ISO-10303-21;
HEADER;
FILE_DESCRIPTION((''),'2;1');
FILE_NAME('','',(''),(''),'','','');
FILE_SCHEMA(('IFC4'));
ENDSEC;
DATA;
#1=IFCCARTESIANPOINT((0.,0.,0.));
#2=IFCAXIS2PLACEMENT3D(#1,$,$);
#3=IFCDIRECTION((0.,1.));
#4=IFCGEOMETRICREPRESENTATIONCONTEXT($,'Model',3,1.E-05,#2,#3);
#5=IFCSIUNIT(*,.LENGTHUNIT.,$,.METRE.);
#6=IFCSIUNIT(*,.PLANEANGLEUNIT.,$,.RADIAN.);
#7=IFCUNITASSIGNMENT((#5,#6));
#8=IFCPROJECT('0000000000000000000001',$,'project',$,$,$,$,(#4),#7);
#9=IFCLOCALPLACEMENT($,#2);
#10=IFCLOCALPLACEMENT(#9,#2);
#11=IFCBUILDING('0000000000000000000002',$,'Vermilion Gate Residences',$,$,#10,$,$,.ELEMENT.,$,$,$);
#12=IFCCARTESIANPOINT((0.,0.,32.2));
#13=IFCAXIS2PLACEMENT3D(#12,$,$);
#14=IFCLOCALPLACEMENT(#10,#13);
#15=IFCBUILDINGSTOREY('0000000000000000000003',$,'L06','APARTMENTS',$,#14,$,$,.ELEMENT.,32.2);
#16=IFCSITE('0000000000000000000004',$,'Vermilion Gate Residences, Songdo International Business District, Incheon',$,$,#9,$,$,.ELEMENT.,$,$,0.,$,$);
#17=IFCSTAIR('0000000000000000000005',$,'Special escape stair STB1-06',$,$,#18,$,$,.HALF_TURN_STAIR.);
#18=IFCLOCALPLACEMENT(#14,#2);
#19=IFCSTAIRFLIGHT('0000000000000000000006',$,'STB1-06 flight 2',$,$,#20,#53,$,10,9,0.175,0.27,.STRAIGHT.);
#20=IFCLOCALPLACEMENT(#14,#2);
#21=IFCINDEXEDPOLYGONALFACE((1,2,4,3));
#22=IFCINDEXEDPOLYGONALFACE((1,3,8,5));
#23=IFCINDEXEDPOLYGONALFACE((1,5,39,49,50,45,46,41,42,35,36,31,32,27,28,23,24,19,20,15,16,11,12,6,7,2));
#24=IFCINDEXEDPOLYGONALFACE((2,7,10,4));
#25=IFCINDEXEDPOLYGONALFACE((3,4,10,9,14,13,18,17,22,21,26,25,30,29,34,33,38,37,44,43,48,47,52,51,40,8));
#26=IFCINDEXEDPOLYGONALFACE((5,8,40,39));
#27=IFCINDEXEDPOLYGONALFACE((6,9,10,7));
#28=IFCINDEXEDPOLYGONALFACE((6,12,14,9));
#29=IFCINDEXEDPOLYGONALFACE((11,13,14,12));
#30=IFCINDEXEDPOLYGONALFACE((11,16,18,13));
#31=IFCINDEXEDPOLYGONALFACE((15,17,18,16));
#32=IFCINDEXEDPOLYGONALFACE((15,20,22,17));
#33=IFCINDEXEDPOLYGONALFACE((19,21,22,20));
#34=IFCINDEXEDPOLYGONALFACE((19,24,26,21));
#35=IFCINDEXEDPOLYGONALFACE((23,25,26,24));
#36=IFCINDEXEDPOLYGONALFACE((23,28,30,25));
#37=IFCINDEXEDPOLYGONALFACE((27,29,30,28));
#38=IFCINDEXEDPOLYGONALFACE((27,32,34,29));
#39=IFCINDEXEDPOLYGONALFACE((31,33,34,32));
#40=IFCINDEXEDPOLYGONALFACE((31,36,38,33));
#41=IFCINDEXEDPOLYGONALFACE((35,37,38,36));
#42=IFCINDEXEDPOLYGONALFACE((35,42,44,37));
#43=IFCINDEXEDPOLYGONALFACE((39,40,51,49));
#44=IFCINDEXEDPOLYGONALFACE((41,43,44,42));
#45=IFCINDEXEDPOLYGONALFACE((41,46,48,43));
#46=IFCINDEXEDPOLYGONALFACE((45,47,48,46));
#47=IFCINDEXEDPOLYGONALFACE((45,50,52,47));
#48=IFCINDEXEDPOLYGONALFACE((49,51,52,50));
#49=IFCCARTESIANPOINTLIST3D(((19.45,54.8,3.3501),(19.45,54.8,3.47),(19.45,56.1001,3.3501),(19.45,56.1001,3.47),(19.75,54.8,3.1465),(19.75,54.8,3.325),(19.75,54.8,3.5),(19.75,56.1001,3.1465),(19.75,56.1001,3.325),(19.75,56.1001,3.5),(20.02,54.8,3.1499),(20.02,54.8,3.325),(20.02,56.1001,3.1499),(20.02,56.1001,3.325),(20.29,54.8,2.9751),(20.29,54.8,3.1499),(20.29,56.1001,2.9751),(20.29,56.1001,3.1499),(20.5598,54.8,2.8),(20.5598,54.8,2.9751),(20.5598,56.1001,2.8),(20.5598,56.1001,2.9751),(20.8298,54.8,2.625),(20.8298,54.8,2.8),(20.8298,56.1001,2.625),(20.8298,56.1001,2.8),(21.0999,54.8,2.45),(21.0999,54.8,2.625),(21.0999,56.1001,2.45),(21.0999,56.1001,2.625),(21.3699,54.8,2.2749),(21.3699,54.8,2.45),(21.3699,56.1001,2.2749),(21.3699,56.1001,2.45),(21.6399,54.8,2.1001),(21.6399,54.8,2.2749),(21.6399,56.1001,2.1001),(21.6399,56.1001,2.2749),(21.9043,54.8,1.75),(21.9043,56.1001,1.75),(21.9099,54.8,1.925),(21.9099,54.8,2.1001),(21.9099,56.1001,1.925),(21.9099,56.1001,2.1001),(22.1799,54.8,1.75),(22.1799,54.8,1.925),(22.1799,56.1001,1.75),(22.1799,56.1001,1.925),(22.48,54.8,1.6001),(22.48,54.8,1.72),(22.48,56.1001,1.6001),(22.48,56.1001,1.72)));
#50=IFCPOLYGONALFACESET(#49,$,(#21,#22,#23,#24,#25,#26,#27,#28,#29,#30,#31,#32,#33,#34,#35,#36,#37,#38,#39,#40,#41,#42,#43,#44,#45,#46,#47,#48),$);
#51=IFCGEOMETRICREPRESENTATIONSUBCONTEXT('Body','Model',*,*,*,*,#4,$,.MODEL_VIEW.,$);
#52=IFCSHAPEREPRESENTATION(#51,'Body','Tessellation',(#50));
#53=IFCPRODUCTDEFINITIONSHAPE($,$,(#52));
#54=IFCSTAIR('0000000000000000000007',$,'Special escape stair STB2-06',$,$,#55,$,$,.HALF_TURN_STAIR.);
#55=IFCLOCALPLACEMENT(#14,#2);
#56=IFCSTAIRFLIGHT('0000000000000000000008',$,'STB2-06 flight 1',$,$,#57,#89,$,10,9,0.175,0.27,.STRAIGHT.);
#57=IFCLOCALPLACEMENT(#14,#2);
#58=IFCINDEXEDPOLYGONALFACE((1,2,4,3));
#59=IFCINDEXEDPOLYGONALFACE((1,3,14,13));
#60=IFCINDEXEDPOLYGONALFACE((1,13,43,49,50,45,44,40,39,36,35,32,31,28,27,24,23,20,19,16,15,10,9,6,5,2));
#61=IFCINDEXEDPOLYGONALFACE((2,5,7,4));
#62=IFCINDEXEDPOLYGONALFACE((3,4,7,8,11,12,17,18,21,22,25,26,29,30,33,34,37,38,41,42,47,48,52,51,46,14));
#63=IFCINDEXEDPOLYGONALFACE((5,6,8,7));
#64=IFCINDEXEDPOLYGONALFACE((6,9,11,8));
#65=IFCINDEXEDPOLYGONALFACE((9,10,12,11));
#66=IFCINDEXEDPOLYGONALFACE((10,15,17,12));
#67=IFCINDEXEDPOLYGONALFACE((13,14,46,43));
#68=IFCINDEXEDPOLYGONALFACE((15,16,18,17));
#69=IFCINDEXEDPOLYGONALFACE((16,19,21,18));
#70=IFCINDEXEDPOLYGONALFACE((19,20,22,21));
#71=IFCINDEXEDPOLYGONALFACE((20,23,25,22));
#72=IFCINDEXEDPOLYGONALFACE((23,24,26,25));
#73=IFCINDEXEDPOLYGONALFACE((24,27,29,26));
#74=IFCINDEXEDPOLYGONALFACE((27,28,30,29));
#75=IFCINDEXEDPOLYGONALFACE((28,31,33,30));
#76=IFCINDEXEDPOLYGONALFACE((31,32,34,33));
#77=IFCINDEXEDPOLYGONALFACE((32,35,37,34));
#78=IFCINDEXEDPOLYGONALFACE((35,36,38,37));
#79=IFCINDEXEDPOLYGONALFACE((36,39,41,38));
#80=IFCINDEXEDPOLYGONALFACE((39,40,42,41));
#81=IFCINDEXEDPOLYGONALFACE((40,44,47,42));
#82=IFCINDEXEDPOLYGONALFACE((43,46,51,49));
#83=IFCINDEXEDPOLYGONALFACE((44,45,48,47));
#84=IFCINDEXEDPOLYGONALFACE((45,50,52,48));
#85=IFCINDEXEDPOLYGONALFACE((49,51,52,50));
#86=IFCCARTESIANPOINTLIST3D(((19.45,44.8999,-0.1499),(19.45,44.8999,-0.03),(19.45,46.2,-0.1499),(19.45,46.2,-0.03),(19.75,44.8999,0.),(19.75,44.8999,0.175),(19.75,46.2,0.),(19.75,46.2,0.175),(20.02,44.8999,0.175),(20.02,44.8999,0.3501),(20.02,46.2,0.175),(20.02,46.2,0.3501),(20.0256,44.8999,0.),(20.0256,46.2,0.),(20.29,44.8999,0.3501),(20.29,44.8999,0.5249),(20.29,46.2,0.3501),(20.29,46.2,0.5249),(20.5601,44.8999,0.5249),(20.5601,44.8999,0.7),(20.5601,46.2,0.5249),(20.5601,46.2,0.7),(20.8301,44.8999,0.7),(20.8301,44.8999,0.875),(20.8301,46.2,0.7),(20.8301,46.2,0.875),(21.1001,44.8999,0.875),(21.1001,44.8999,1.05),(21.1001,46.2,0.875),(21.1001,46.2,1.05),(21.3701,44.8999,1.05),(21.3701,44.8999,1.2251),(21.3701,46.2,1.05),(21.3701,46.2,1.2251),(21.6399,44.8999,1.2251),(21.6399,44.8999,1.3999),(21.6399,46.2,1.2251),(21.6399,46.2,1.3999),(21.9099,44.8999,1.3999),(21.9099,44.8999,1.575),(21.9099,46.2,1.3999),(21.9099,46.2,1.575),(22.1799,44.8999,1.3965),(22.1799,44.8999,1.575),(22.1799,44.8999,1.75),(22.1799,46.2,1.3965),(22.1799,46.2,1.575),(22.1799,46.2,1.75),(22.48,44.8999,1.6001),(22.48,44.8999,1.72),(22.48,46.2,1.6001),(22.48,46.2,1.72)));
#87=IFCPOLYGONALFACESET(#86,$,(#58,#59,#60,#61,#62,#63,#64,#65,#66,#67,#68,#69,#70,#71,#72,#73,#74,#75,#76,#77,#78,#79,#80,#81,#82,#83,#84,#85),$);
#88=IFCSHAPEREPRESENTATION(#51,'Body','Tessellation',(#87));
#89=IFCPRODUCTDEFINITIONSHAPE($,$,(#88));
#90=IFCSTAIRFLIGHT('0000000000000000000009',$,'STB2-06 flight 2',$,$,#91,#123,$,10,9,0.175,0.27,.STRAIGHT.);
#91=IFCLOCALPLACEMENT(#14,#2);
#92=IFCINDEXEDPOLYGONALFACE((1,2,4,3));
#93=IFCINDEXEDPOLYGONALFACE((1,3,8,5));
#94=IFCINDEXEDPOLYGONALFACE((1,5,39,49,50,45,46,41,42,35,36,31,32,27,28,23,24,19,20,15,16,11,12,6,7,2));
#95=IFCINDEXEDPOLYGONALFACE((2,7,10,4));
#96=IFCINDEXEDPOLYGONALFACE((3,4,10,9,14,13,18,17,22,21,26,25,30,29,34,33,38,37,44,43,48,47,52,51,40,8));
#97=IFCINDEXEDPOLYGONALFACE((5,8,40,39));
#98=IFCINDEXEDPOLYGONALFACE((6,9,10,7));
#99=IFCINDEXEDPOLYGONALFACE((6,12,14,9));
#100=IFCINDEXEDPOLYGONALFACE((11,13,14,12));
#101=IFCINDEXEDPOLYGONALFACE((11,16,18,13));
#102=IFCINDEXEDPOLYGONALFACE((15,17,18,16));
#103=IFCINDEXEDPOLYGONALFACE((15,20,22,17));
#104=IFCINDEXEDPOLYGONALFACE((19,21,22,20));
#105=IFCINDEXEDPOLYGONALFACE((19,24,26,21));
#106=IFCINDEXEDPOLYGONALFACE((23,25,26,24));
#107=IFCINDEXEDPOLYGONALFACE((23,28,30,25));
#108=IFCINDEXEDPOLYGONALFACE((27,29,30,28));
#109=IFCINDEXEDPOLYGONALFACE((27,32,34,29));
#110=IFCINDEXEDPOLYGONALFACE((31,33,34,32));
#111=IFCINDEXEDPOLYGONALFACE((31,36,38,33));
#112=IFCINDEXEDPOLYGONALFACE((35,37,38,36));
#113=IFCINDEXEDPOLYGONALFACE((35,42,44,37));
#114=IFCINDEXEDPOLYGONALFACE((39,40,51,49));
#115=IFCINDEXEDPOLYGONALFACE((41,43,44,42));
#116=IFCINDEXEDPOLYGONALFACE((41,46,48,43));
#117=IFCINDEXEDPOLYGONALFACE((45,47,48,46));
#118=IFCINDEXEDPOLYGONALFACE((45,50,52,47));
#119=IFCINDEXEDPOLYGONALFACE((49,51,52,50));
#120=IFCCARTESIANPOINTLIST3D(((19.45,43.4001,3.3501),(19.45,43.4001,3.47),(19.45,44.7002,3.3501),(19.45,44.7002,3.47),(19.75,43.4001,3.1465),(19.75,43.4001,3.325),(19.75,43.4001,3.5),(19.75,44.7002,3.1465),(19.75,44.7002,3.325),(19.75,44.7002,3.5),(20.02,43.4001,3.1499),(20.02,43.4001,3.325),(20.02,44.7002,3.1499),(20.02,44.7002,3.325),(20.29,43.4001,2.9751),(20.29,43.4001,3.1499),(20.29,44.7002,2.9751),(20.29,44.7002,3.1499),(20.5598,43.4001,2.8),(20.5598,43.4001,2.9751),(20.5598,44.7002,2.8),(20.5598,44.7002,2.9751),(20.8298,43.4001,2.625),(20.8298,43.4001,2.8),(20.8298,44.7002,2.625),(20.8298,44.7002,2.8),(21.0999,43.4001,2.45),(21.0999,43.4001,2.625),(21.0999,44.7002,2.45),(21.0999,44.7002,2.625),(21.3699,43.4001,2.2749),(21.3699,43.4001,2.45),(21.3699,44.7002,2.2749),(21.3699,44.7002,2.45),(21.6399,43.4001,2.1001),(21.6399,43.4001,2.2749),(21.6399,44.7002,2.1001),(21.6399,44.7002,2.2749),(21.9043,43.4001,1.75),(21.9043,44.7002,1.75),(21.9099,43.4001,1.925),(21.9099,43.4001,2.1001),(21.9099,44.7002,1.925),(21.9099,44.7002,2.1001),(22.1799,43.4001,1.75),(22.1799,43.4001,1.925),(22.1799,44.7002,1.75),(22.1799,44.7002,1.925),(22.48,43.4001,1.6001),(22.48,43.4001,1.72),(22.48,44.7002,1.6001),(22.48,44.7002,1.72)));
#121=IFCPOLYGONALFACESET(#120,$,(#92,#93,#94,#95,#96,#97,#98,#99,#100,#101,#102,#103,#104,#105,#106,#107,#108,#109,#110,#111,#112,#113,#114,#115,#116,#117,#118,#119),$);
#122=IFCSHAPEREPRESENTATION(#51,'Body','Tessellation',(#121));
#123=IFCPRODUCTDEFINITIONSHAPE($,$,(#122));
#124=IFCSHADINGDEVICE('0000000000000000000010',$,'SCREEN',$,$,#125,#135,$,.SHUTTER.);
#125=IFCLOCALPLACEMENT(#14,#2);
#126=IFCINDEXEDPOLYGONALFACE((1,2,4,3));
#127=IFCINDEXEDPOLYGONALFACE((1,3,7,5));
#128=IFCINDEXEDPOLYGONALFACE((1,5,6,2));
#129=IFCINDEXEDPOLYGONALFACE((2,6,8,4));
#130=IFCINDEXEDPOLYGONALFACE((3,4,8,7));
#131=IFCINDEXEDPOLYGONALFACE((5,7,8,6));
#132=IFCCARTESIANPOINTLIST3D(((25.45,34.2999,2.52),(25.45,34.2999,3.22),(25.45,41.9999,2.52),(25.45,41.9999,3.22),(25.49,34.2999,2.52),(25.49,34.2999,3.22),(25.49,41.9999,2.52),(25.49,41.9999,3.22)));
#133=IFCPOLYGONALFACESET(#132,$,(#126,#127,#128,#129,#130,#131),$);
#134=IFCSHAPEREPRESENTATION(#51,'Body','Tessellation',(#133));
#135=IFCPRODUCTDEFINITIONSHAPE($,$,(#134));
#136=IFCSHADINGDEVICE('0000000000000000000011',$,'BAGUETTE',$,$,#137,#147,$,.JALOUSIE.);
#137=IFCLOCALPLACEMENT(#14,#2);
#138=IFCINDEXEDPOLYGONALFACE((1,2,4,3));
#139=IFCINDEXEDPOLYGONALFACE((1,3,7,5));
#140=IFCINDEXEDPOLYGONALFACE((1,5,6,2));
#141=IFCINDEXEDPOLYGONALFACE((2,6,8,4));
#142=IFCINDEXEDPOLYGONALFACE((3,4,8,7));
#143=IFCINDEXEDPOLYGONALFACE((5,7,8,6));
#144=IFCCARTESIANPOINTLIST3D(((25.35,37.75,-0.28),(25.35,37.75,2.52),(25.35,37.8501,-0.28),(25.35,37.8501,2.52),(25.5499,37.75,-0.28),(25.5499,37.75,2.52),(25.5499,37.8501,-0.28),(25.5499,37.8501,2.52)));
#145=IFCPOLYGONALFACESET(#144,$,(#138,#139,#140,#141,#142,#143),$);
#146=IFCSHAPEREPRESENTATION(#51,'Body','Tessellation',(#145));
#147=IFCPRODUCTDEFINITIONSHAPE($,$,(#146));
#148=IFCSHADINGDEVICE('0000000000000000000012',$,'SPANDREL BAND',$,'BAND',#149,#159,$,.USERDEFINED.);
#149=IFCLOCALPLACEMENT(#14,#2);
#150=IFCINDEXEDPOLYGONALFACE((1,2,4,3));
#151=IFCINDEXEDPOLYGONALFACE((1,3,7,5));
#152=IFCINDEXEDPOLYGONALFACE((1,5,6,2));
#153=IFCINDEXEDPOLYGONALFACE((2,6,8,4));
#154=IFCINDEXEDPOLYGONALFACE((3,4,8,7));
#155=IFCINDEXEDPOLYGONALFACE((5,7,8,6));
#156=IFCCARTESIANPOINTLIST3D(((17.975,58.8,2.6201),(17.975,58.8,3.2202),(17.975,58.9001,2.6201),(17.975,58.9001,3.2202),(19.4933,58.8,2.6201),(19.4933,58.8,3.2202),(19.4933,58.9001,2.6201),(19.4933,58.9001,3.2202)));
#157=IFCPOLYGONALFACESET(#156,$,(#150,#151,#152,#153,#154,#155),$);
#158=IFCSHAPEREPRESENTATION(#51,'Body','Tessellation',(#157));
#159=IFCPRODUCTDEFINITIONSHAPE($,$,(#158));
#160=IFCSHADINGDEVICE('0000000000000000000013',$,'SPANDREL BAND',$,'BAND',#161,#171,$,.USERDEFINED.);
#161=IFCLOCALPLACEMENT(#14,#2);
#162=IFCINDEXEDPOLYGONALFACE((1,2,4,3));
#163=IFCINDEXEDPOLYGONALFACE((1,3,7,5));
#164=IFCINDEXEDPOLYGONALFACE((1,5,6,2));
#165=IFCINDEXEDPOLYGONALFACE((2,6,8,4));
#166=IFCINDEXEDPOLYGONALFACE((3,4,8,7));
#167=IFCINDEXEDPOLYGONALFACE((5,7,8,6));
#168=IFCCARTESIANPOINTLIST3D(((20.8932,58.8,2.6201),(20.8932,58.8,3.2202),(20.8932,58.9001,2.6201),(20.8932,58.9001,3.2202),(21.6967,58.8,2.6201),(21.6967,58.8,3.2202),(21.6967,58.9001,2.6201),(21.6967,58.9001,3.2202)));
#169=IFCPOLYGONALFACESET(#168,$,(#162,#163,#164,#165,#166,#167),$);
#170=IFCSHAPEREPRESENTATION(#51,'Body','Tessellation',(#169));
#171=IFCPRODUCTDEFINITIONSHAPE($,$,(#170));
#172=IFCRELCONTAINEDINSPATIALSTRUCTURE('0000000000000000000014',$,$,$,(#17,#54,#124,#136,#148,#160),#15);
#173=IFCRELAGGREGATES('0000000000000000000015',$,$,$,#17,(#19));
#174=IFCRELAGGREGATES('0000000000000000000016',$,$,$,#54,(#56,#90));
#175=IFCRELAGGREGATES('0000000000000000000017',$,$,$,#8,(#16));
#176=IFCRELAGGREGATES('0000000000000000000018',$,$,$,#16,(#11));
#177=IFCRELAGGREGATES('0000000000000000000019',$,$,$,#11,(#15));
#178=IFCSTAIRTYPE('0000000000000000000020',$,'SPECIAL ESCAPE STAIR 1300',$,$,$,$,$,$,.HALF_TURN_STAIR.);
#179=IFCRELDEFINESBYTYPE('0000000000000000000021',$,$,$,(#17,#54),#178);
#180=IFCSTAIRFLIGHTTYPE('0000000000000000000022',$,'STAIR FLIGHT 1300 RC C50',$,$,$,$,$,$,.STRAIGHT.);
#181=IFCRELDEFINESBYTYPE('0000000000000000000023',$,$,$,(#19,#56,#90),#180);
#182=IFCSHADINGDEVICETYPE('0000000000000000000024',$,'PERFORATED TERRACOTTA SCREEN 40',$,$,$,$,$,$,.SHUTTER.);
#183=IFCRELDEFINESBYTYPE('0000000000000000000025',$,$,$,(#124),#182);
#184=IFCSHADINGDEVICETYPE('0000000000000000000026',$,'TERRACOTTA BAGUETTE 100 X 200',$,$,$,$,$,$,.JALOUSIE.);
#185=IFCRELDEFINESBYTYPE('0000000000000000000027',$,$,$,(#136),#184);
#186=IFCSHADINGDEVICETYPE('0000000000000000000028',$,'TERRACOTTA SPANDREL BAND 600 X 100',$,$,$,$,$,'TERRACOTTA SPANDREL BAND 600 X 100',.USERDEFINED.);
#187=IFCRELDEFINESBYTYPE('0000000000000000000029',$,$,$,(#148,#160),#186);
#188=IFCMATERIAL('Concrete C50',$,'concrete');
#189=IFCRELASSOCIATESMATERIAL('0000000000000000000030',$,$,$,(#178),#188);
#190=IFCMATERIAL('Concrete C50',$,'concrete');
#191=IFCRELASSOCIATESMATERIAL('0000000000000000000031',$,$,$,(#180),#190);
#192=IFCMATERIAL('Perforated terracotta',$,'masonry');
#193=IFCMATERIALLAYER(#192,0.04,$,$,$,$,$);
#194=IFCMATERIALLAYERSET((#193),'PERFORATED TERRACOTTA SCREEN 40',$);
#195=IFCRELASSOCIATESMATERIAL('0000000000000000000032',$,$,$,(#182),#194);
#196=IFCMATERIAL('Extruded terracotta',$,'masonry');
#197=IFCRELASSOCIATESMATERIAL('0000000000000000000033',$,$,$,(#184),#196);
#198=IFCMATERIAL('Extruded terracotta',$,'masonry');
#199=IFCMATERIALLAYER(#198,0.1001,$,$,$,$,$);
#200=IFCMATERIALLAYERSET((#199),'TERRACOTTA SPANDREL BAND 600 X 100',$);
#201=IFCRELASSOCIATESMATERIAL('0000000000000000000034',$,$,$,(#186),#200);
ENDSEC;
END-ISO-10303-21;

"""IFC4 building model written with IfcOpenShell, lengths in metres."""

from ifc_helpers import new_model, si_unit, direction, frame, origin, origin_2d, place, context, subcontext, project, spatial, polyline, rectangle, outline, extrude, material, layer, layer_set, material_profile, profile_set, type_object, element, aggregate, save


model = new_model("IFC4")

# Units and contexts
model_context = context("Model", 3, precision=1e-05, world=origin(), true_north=direction((0.0, 1.0)))
body_context = subcontext(model_context, "Body", "Model", "MODEL_VIEW")
ifc_project = project(units=[si_unit("LENGTHUNIT", "METRE"), si_unit("PLANEANGLEUNIT", "RADIAN")], contexts=[model_context])

# Site, building, storey
site_placement = place(None, origin())
site = spatial("IfcSite", under=ifc_project, at=site_placement, Name="Vermilion Gate Residences, Songdo International Business District, Incheon", CompositionType="ELEMENT", RefElevation=0.0)
building_placement = place(site_placement, origin())
building = spatial("IfcBuilding", under=site, at=building_placement, Name="Vermilion Gate Residences", CompositionType="ELEMENT")
storey_placement = place(building_placement, frame((0.0, 0.0, 32.2)))
storey = spatial("IfcBuildingStorey", under=building, at=storey_placement, Name="L06", Description="APARTMENTS", CompositionType="ELEMENT", Elevation=32.2)

# Stairs, stair flights
ifc_material_1 = material(Name="Concrete C50", Category="concrete")
stair_type = type_object("IfcStairType", Name="SPECIAL ESCAPE STAIR 1300", PredefinedType="HALF_TURN_STAIR", material=ifc_material_1)
stair_1_placement = place(storey_placement, origin())
stair_1 = element("IfcStair", 1, at=stair_1_placement, inside=storey, type_object=stair_type, Name="Special escape stair STB1-06", PredefinedType="HALF_TURN_STAIR")
ifc_material_2 = material(Name="Concrete C50", Category="concrete")
stair_flight_type = type_object("IfcStairFlightType", Name="STAIR FLIGHT 1300 RC C50", PredefinedType="STRAIGHT", material=ifc_material_2)
stair_flight_1_placement = place(storey_placement, frame((22.1799, 55.45, 1.75), z_axis=(0.0, 0.0, 1.0), x_axis=(-1.0, 0.0, 0.0)))
stair_flight_1 = element("IfcStairFlight", 2, at=stair_flight_1_placement, type_object=stair_flight_type, Name="STB1-06 flight 2", NumberOfRisers=10, NumberOfTreads=9, PredefinedType="STRAIGHT", RiserHeight=0.175, TreadLength=0.27, context=body_context, shape_type="SweptSolid", body=[
    extrude(outline(polyline([(-0.3, -0.1499), (-0.3, -0.03), (0.0, 0.0), (0.0, 0.175), (0.27, 0.175), (0.27, 0.3501), (0.54, 0.3501), (0.54, 0.5249), (0.8101, 0.5249), (0.8101, 0.7), (1.0801, 0.7), (1.0801, 0.875), (1.3501, 0.875), (1.3501, 1.05), (1.6201, 1.05), (1.6201, 1.2251), (1.8899, 1.2251), (1.8899, 1.3999), (2.1599, 1.3999), (2.1599, 1.575), (2.4299, 1.575), (2.4299, 1.75), (2.73, 1.72), (2.73, 1.6001), (2.4299, 1.3965), (0.2756, 0.0), (-0.3, -0.1499)])), frame((0.0, 0.6499, 0.0), z_axis=(0.0, -1.0, 0.0), x_axis=(1.0, 0.0, 0.0)), (0.0, 0.0, 1.0), 1.3),
])
aggregate(stair_1, [stair_flight_1])
stair_2_placement = place(storey_placement, origin())
stair_2 = element("IfcStair", 3, at=stair_2_placement, inside=storey, type_object=stair_type, Name="Special escape stair STB2-06", PredefinedType="HALF_TURN_STAIR")
stair_flight_2_placement = place(storey_placement, frame((19.75, 45.55, 0.0), z_axis=(0.0, 0.0, 1.0), x_axis=(1.0, 0.0, 0.0)))
stair_flight_2 = element("IfcStairFlight", 4, at=stair_flight_2_placement, type_object=stair_flight_type, Name="STB2-06 flight 1", NumberOfRisers=10, NumberOfTreads=9, PredefinedType="STRAIGHT", RiserHeight=0.175, TreadLength=0.27, context=body_context, shape_type="SweptSolid", body=[
    extrude(outline(polyline([(-0.3, -0.1499), (-0.3, -0.03), (0.0, 0.0), (0.0, 0.175), (0.27, 0.175), (0.27, 0.3501), (0.54, 0.3501), (0.54, 0.5249), (0.8101, 0.5249), (0.8101, 0.7), (1.0801, 0.7), (1.0801, 0.875), (1.3501, 0.875), (1.3501, 1.05), (1.6201, 1.05), (1.6201, 1.2251), (1.8899, 1.2251), (1.8899, 1.3999), (2.1599, 1.3999), (2.1599, 1.575), (2.4299, 1.575), (2.4299, 1.75), (2.73, 1.72), (2.73, 1.6001), (2.4299, 1.3965), (0.2756, 0.0), (-0.3, -0.1499)])), frame((0.0, 0.6499, 0.0), z_axis=(0.0, -1.0, 0.0), x_axis=(1.0, 0.0, 0.0)), (0.0, 0.0, 1.0), 1.3),
])
stair_flight_3_placement = place(storey_placement, frame((22.1799, 44.05, 1.75), z_axis=(0.0, 0.0, 1.0), x_axis=(-1.0, 0.0, 0.0)))
stair_flight_3 = element("IfcStairFlight", 5, at=stair_flight_3_placement, type_object=stair_flight_type, Name="STB2-06 flight 2", NumberOfRisers=10, NumberOfTreads=9, PredefinedType="STRAIGHT", RiserHeight=0.175, TreadLength=0.27, context=body_context, shape_type="SweptSolid", body=[
    extrude(outline(polyline([(-0.3, -0.1499), (-0.3, -0.03), (0.0, 0.0), (0.0, 0.175), (0.27, 0.175), (0.27, 0.3501), (0.54, 0.3501), (0.54, 0.5249), (0.8101, 0.5249), (0.8101, 0.7), (1.0801, 0.7), (1.0801, 0.875), (1.3501, 0.875), (1.3501, 1.05), (1.6201, 1.05), (1.6201, 1.2251), (1.8899, 1.2251), (1.8899, 1.3999), (2.1599, 1.3999), (2.1599, 1.575), (2.4299, 1.575), (2.4299, 1.75), (2.73, 1.72), (2.73, 1.6001), (2.4299, 1.3965), (0.2756, 0.0), (-0.3, -0.1499)])), frame((0.0, 0.6499, 0.0), z_axis=(0.0, -1.0, 0.0), x_axis=(1.0, 0.0, 0.0)), (0.0, 0.0, 1.0), 1.3),
])
aggregate(stair_2, [stair_flight_2, stair_flight_3])

# Shading device
ifc_material_3 = material(Name="Perforated terracotta", Category="masonry")
ifc_layer_1 = layer(ifc_material_3, 0.04)
ifc_layer_set_1 = layer_set([ifc_layer_1], Name="PERFORATED TERRACOTTA SCREEN 40")
shading_device_type_1 = type_object("IfcShadingDeviceType", Name="PERFORATED TERRACOTTA SCREEN 40", PredefinedType="SHUTTER", material=ifc_layer_set_1)
shading_device_1_placement = place(storey_placement, frame((25.47, 38.1499, 2.52), z_axis=(0.0, 0.0, 1.0), x_axis=(0.0, 1.0, 0.0)))
element("IfcShadingDevice", 6, at=shading_device_1_placement, inside=storey, type_object=shading_device_type_1, Name="SCREEN", PredefinedType="SHUTTER", context=body_context, shape_type="SweptSolid", body=[
    extrude(rectangle(XDim=7.7, YDim=0.04, at=origin_2d()), origin(), (0.0, 0.0, 1.0), 0.7),
])

# Shading devices
ifc_material_4 = material(Name="Extruded terracotta", Category="masonry")
ifc_material_profile = material_profile(ifc_material_4, rectangle(XDim=0.2, YDim=0.1001, at=origin_2d()), Name="BAGUETTE 100 X 200")
ifc_profile_set = profile_set([ifc_material_profile], Name="Extruded terracotta")
shading_device_type_2 = type_object("IfcShadingDeviceType", Name="TERRACOTTA BAGUETTE 100 X 200", PredefinedType="JALOUSIE", material=ifc_profile_set)
shading_device_2_placement = place(storey_placement, frame((25.45, 37.8, -0.28), z_axis=(0.0, 0.0, 1.0), x_axis=(-1.0, 0.0, 0.0)))
element("IfcShadingDevice", 7, at=shading_device_2_placement, inside=storey, type_object=shading_device_type_2, Name="BAGUETTE", PredefinedType="JALOUSIE", context=body_context, shape_type="SweptSolid", body=[
    extrude(rectangle(XDim=0.2, YDim=0.1001, at=origin_2d()), origin(), (0.0, 0.0, 1.0), 2.8),
])
ifc_material_5 = material(Name="Extruded terracotta", Category="masonry")
ifc_layer_2 = layer(ifc_material_5, 0.1001)
ifc_layer_set_2 = layer_set([ifc_layer_2], Name="TERRACOTTA SPANDREL BAND 600 X 100")
shading_device_type_3 = type_object("IfcShadingDeviceType", Name="TERRACOTTA SPANDREL BAND 600 X 100", ElementType="TERRACOTTA SPANDREL BAND 600 X 100", PredefinedType="USERDEFINED", material=ifc_layer_set_2)
shading_device_3_placement = place(storey_placement, frame((18.7341, 58.8501, 2.6201), z_axis=(0.0, 0.0, 1.0), x_axis=(1.0, 0.0, 0.0)))
element("IfcShadingDevice", 8, at=shading_device_3_placement, inside=storey, type_object=shading_device_type_3, Name="SPANDREL BAND", ObjectType="BAND", PredefinedType="USERDEFINED", context=body_context, shape_type="SweptSolid", body=[
    extrude(rectangle(XDim=1.5183, YDim=0.1001, at=origin_2d()), origin(), (0.0, 0.0, 1.0), 0.6001),
])
shading_device_4_placement = place(storey_placement, frame((21.2949, 58.8501, 2.6201), z_axis=(0.0, 0.0, 1.0), x_axis=(1.0, 0.0, 0.0)))
element("IfcShadingDevice", 9, at=shading_device_4_placement, inside=storey, type_object=shading_device_type_3, Name="SPANDREL BAND", ObjectType="BAND", PredefinedType="USERDEFINED", context=body_context, shape_type="SweptSolid", body=[
    extrude(rectangle(XDim=0.8035, YDim=0.1001, at=origin_2d()), origin(), (0.0, 0.0, 1.0), 0.6001),
])

save(model, "model.ifc")
